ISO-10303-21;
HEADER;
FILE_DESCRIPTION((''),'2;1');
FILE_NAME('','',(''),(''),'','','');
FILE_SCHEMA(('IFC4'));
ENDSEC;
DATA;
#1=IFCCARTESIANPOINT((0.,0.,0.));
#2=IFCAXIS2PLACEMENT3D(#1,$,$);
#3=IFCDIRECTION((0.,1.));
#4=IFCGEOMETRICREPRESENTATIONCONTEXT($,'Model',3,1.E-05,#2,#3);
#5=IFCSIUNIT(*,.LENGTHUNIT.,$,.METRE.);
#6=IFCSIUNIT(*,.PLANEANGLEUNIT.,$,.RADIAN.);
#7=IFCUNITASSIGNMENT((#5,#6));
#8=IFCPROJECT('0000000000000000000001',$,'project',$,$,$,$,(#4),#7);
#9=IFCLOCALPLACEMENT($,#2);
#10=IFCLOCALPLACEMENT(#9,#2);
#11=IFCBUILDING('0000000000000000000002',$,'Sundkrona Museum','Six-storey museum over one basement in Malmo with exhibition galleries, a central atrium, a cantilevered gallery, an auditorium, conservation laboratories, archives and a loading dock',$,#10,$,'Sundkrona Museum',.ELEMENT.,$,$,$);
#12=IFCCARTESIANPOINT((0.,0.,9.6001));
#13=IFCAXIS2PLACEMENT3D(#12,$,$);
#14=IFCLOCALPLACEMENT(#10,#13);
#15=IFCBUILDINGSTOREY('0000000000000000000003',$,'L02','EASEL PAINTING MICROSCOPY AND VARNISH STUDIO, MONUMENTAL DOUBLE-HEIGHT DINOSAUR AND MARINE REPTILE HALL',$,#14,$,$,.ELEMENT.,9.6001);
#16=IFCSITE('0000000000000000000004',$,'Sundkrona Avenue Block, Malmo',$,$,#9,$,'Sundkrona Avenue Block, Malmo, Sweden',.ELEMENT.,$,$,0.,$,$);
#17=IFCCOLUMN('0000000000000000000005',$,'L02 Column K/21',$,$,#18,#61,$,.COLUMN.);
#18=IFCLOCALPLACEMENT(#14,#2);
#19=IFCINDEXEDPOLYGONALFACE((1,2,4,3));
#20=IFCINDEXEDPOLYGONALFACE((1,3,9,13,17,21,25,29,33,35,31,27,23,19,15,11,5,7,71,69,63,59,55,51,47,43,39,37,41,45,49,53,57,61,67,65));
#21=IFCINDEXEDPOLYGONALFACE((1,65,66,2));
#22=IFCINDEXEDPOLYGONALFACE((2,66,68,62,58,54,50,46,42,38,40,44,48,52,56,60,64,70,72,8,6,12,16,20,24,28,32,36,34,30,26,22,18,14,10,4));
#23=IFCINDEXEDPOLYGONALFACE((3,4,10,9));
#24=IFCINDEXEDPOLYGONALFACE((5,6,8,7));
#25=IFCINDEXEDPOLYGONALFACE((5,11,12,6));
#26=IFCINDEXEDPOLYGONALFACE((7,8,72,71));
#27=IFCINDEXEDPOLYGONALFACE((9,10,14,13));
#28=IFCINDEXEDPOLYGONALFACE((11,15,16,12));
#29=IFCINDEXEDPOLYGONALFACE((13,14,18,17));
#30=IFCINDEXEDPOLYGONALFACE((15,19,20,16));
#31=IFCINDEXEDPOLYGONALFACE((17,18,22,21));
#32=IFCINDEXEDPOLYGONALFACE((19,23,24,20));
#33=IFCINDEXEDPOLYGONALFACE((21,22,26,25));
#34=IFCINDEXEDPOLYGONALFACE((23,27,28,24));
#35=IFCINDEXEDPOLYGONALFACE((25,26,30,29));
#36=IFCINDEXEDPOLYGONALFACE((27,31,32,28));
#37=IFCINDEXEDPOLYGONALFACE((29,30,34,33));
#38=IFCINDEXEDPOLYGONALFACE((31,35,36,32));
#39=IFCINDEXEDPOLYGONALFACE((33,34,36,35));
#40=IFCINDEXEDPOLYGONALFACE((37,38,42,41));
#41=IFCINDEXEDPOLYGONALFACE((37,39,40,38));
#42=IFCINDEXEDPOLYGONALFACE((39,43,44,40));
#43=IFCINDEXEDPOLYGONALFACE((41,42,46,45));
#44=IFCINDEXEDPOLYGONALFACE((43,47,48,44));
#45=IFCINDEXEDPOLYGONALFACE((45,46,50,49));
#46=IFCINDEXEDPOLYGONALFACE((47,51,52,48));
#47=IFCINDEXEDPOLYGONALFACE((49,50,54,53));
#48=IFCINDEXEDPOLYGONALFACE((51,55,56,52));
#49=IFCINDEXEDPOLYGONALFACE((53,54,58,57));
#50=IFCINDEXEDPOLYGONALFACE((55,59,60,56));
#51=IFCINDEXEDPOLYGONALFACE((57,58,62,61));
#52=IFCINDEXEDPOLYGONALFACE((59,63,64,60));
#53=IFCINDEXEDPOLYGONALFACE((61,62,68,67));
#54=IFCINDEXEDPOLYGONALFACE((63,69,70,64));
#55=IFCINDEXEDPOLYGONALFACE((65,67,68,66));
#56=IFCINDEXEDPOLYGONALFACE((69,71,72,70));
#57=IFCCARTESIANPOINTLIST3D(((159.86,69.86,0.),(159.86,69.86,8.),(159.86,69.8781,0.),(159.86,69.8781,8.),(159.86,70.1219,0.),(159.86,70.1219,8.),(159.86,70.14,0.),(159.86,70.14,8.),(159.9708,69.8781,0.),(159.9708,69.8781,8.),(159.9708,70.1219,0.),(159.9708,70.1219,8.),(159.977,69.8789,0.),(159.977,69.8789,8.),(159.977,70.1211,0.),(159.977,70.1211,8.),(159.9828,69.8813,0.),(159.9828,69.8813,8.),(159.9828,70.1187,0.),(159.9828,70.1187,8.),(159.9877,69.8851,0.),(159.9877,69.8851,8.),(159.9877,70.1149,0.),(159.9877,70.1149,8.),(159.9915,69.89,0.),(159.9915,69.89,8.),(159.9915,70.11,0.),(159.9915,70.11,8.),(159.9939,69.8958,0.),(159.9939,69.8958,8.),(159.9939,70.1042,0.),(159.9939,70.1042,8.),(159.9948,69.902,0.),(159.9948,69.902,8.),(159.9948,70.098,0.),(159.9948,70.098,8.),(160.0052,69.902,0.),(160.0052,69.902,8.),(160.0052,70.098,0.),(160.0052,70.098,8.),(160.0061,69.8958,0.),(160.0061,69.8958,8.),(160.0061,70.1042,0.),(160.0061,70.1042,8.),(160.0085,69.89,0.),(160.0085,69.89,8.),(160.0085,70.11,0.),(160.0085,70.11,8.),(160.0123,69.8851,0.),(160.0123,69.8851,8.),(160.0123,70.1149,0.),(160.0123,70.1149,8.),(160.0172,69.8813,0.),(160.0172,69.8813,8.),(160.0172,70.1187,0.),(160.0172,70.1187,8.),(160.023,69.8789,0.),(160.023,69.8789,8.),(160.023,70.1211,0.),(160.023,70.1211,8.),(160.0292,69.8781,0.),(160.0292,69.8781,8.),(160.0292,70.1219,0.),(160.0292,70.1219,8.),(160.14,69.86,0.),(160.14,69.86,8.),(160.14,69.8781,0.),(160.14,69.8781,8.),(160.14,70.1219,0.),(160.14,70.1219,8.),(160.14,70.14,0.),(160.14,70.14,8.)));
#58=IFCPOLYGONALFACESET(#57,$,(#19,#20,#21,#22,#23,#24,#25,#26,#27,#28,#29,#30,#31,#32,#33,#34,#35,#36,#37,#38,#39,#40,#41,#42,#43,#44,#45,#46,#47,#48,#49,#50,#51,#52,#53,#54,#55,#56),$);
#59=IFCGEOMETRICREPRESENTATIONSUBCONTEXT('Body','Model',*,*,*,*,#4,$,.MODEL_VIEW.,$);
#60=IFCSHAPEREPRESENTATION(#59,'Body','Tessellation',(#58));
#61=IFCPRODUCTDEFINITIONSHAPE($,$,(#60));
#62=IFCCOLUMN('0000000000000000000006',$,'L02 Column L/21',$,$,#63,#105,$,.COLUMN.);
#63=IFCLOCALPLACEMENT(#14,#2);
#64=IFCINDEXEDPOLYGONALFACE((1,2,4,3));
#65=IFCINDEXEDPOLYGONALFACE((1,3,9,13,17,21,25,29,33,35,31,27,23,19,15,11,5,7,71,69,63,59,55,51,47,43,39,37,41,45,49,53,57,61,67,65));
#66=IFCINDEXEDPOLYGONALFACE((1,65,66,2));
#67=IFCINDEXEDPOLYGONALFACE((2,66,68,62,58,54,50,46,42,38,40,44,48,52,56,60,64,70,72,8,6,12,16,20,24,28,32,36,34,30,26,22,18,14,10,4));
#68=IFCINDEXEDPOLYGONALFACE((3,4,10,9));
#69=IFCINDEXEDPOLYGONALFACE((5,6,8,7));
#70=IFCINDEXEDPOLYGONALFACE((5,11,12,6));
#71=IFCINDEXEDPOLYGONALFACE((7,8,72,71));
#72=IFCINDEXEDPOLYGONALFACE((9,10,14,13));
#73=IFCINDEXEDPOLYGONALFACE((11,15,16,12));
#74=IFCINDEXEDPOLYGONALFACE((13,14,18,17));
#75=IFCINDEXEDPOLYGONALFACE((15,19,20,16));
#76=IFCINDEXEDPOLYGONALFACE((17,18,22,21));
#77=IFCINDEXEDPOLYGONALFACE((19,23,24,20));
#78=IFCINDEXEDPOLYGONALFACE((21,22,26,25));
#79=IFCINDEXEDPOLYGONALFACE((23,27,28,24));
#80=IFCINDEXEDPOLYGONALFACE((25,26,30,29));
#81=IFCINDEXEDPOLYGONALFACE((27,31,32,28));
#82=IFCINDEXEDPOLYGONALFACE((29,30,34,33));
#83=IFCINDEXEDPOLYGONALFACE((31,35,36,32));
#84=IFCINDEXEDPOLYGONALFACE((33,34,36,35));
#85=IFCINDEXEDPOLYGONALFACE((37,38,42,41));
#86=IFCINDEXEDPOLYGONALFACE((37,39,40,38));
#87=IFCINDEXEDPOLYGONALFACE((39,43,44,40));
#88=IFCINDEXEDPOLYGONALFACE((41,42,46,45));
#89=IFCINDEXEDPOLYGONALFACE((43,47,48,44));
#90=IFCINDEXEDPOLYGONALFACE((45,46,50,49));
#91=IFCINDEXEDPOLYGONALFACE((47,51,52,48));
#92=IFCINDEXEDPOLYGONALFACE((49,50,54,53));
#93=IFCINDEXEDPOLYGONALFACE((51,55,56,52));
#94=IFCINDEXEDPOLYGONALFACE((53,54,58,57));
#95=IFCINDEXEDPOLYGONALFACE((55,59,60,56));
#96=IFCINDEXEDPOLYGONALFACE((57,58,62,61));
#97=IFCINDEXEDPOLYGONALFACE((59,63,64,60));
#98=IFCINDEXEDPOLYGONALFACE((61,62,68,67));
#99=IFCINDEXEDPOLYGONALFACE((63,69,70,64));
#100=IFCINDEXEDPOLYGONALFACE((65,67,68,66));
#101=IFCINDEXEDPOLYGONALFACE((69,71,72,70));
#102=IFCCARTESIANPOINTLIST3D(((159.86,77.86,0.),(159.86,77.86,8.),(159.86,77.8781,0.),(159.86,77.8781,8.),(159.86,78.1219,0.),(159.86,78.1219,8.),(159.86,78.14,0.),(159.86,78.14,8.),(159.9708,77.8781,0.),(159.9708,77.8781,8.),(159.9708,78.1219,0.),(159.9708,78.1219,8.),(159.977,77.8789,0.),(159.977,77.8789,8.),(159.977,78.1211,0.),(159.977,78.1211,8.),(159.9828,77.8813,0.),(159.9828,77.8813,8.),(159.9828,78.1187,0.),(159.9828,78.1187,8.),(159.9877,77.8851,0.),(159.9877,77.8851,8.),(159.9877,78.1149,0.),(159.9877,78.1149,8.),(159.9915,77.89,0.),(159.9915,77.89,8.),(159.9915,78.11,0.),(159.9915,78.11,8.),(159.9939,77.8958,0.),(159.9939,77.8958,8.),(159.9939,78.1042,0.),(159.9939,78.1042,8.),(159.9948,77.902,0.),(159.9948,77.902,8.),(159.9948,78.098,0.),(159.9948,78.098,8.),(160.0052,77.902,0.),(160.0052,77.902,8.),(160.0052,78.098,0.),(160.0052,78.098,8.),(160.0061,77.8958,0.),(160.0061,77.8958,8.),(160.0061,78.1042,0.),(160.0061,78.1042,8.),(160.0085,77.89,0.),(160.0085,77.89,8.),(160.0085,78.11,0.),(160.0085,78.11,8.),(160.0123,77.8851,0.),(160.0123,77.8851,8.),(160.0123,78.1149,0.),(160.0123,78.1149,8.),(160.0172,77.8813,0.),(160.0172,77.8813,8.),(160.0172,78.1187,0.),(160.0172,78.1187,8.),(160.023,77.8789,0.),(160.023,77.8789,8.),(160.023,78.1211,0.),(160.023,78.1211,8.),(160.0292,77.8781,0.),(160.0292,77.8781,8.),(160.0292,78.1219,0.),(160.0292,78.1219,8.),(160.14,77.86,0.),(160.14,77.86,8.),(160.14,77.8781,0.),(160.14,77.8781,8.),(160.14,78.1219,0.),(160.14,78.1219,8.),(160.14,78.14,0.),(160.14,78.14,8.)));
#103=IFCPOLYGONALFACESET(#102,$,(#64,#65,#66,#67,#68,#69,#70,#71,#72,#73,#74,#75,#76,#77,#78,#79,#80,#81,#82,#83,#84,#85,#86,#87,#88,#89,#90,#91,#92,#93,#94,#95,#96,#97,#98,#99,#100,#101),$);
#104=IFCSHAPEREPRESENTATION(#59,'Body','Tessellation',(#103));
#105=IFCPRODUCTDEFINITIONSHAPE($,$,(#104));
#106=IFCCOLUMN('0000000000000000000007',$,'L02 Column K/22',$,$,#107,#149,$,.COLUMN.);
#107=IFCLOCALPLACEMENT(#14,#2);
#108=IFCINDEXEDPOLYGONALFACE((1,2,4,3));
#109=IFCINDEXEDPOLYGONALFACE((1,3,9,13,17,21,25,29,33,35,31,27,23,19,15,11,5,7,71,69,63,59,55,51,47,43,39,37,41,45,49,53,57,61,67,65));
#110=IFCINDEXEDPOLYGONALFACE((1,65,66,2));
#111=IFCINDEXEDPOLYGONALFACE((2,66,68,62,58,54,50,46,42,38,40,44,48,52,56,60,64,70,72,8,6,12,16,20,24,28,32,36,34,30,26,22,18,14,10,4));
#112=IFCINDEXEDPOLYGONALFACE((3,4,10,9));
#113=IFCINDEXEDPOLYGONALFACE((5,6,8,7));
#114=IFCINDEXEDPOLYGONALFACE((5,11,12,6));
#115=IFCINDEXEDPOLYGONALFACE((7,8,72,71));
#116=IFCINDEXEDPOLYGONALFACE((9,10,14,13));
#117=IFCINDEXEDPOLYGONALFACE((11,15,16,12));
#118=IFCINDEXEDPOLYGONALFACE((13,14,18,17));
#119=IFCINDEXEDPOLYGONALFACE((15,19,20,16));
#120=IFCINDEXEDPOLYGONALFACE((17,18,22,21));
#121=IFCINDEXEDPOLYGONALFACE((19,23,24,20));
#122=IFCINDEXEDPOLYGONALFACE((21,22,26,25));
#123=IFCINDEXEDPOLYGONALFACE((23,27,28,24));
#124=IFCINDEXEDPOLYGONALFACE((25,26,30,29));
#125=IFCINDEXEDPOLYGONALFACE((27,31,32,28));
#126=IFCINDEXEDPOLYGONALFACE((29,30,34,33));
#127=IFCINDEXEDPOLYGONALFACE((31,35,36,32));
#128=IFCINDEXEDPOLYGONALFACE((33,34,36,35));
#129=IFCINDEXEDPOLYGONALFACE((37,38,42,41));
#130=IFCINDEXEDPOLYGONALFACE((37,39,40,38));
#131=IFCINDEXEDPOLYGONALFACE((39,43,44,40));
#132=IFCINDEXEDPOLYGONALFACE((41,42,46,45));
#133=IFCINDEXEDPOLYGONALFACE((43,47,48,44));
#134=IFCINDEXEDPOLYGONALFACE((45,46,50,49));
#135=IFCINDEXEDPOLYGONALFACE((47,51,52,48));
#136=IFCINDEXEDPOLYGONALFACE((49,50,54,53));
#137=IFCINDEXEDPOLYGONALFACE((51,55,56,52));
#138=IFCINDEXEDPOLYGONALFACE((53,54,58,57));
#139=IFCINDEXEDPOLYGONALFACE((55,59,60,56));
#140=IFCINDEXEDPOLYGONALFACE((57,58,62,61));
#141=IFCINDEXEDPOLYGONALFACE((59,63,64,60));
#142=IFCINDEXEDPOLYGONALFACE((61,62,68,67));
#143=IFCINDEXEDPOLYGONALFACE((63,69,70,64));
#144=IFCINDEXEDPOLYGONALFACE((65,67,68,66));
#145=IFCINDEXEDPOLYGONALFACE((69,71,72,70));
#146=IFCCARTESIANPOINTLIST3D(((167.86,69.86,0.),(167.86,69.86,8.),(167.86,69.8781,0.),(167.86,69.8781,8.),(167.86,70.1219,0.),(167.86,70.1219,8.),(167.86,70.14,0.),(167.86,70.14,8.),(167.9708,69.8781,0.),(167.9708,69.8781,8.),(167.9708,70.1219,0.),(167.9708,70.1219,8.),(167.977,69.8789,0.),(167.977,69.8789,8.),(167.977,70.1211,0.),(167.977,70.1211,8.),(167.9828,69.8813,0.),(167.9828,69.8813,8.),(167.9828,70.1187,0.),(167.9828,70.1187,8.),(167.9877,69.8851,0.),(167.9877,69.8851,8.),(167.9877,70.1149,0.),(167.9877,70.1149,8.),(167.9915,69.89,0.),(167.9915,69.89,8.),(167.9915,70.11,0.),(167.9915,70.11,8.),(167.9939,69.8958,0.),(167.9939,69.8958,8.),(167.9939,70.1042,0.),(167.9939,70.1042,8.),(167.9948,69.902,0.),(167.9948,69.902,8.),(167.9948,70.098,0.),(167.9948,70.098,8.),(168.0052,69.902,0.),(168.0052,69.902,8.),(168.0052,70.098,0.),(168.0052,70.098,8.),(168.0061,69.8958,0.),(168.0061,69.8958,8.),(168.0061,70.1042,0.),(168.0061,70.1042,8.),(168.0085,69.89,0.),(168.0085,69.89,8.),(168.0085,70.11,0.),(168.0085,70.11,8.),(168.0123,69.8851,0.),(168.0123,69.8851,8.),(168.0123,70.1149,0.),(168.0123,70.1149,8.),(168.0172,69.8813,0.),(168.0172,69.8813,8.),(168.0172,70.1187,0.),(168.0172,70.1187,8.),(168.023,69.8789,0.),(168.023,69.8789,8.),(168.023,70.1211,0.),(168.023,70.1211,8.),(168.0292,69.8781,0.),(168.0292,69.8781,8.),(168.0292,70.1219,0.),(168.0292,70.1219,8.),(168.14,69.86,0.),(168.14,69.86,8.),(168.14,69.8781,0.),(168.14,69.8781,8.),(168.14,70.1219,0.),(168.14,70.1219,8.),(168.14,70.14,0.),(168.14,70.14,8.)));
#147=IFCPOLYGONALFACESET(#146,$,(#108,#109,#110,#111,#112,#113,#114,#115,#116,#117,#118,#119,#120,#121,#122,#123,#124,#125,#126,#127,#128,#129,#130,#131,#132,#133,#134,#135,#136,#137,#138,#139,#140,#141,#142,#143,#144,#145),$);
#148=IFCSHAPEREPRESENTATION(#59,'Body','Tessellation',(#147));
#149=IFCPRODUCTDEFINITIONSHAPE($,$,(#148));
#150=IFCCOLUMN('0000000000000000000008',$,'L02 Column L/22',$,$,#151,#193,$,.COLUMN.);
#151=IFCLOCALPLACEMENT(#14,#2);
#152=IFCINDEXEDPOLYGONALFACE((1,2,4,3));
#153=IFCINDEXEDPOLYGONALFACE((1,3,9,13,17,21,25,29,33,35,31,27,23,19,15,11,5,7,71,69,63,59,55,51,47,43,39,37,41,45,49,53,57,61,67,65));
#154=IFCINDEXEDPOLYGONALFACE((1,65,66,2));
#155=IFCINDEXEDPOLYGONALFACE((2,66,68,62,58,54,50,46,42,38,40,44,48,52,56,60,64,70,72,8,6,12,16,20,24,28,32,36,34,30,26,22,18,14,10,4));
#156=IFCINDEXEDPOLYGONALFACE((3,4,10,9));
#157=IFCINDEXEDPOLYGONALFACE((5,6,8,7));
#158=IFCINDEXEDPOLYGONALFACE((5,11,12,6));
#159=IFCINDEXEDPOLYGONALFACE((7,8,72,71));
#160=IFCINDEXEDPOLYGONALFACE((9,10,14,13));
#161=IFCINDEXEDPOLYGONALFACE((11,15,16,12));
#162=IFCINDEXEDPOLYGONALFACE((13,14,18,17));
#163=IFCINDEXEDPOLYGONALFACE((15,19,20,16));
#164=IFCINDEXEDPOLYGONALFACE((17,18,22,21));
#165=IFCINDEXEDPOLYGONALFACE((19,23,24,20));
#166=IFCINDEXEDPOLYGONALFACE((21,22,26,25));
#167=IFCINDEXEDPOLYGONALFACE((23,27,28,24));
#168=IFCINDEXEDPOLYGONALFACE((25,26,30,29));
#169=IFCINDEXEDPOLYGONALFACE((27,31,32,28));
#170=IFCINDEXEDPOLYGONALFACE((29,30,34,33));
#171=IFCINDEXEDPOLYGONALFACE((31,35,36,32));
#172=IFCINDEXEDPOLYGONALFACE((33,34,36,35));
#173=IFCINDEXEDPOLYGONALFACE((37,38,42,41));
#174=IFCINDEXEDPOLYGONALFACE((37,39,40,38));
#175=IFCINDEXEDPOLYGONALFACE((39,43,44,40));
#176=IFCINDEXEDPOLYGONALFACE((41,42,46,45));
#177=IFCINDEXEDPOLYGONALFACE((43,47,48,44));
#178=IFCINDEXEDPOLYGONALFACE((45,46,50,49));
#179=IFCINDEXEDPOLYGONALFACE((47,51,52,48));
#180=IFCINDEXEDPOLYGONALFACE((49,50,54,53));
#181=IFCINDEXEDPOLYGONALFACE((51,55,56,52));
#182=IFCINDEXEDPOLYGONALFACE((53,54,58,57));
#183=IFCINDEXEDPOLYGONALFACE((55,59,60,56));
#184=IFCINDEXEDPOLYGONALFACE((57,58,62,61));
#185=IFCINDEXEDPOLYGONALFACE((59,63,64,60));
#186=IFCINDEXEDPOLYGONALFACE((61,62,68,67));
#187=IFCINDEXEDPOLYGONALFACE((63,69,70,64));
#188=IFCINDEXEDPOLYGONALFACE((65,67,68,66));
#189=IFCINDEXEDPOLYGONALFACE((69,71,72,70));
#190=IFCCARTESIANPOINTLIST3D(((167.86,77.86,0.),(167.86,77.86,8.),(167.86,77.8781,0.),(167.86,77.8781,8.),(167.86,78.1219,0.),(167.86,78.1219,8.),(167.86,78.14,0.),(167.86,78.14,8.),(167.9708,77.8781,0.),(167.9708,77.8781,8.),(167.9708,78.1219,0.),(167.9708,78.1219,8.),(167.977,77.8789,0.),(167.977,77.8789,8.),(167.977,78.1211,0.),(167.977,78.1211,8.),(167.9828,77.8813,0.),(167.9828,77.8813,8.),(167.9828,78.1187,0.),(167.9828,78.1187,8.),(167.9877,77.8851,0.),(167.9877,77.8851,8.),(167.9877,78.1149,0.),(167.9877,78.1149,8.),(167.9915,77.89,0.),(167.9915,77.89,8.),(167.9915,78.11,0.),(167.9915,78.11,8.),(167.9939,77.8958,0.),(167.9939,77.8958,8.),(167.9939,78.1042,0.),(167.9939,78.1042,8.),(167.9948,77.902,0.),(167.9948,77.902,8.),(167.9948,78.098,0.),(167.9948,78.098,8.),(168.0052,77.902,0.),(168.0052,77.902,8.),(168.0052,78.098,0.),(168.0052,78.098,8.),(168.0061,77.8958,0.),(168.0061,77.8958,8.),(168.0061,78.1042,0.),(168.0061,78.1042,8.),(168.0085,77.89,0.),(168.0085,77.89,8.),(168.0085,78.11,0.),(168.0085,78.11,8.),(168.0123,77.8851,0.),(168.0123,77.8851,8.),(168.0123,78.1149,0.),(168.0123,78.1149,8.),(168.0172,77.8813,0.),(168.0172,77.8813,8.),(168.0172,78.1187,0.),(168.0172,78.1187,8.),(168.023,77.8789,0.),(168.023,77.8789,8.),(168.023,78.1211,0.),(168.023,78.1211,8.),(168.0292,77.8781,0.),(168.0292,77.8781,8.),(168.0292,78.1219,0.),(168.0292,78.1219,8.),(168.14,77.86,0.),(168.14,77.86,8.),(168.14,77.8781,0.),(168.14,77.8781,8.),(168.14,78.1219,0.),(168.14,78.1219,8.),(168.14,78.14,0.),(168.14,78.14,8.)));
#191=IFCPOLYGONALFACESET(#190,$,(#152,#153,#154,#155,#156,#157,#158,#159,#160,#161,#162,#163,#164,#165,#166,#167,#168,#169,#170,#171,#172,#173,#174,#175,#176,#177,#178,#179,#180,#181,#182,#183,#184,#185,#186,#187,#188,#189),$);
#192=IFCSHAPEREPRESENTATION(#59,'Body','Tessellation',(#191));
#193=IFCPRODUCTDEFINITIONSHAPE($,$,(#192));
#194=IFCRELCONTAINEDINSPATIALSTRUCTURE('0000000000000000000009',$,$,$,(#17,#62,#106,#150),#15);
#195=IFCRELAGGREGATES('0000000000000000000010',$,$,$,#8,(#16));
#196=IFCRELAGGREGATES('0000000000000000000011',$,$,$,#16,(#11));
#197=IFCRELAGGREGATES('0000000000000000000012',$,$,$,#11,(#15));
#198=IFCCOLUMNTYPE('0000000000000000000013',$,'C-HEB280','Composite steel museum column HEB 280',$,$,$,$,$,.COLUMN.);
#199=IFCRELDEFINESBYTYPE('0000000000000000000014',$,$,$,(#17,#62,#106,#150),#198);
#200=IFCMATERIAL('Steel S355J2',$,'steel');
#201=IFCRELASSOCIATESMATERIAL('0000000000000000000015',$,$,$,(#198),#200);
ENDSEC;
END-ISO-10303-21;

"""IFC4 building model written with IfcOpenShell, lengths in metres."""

from ifc_helpers import new_model, si_unit, direction, frame, origin, origin_2d, place, context, subcontext, project, spatial, i_section, extrude, material, material_profile, profile_set, type_object, element, save


model = new_model("IFC4")

# Units and contexts
model_context = context("Model", 3, precision=1e-05, world=origin(), true_north=direction((0.0, 1.0)))
body_context = subcontext(model_context, "Body", "Model", "MODEL_VIEW")
ifc_project = project(units=[si_unit("LENGTHUNIT", "METRE"), si_unit("PLANEANGLEUNIT", "RADIAN")], contexts=[model_context])

# Site, building, storey
site_placement = place(None, origin())
site = spatial("IfcSite", under=ifc_project, at=site_placement, Name="Sundkrona Avenue Block, Malmo", LongName="Sundkrona Avenue Block, Malmo, Sweden", CompositionType="ELEMENT", RefElevation=0.0)
building_placement = place(site_placement, origin())
building = spatial("IfcBuilding", under=site, at=building_placement, Name="Sundkrona Museum", Description="Six-storey museum over one basement in Malmo with exhibition galleries, a central atrium, a cantilevered gallery, an auditorium, conservation laboratories, archives and a loading dock", LongName="Sundkrona Museum", CompositionType="ELEMENT")
storey_placement = place(building_placement, frame((0.0, 0.0, 9.6001)))
storey = spatial("IfcBuildingStorey", under=building, at=storey_placement, Name="L02", Description="EASEL PAINTING MICROSCOPY AND VARNISH STUDIO, MONUMENTAL DOUBLE-HEIGHT DINOSAUR AND MARINE REPTILE HALL", CompositionType="ELEMENT", Elevation=9.6001)

# Columns
ifc_material_1 = material(Name="Steel S355J2", Category="steel")
ifc_material_profile_1 = material_profile(ifc_material_1, i_section(OverallWidth=0.28, OverallDepth=0.28, WebThickness=0.0105, FlangeThickness=0.0181, FilletRadius=0.0239, at=origin_2d()), Name="HEB 280")
ifc_profile_set_1 = profile_set([ifc_material_profile_1], Name="Steel S355J2")
column_type = type_object("IfcColumnType", Name="C-HEB280", Description="Composite steel museum column HEB 280", PredefinedType="COLUMN", material=ifc_profile_set_1)
for number, where, z_axis, x_axis, name in (
    (1, (160.0, 70.0, 0.0), (0.0, 0.0, 1.0), (1.0, 0.0, 0.0), "L02 Column K/21"),
    (2, (160.0, 78.0, 0.0), (0.0, 0.0, 1.0), (1.0, 0.0, 0.0), "L02 Column L/21"),
    (3, (168.0, 70.0, 0.0), (0.0, 0.0, 1.0), (1.0, 0.0, 0.0), "L02 Column K/22"),
    (4, (168.0, 78.0, 0.0), (0.0, 0.0, 1.0), (1.0, 0.0, 0.0), "L02 Column L/22"),
):
    element("IfcColumn", number, at=place(storey_placement, frame(where, z_axis=z_axis, x_axis=x_axis)), inside=storey, type_object=column_type, Name=name, PredefinedType="COLUMN", context=body_context, shape_type="SweptSolid", body=[
        extrude(i_section(OverallWidth=0.28, OverallDepth=0.28, WebThickness=0.0105, FlangeThickness=0.0181, FilletRadius=0.0239, at=origin_2d()), origin(), (0.0, 0.0, 1.0), 8.0),
    ])

save(model, "model.ifc")
